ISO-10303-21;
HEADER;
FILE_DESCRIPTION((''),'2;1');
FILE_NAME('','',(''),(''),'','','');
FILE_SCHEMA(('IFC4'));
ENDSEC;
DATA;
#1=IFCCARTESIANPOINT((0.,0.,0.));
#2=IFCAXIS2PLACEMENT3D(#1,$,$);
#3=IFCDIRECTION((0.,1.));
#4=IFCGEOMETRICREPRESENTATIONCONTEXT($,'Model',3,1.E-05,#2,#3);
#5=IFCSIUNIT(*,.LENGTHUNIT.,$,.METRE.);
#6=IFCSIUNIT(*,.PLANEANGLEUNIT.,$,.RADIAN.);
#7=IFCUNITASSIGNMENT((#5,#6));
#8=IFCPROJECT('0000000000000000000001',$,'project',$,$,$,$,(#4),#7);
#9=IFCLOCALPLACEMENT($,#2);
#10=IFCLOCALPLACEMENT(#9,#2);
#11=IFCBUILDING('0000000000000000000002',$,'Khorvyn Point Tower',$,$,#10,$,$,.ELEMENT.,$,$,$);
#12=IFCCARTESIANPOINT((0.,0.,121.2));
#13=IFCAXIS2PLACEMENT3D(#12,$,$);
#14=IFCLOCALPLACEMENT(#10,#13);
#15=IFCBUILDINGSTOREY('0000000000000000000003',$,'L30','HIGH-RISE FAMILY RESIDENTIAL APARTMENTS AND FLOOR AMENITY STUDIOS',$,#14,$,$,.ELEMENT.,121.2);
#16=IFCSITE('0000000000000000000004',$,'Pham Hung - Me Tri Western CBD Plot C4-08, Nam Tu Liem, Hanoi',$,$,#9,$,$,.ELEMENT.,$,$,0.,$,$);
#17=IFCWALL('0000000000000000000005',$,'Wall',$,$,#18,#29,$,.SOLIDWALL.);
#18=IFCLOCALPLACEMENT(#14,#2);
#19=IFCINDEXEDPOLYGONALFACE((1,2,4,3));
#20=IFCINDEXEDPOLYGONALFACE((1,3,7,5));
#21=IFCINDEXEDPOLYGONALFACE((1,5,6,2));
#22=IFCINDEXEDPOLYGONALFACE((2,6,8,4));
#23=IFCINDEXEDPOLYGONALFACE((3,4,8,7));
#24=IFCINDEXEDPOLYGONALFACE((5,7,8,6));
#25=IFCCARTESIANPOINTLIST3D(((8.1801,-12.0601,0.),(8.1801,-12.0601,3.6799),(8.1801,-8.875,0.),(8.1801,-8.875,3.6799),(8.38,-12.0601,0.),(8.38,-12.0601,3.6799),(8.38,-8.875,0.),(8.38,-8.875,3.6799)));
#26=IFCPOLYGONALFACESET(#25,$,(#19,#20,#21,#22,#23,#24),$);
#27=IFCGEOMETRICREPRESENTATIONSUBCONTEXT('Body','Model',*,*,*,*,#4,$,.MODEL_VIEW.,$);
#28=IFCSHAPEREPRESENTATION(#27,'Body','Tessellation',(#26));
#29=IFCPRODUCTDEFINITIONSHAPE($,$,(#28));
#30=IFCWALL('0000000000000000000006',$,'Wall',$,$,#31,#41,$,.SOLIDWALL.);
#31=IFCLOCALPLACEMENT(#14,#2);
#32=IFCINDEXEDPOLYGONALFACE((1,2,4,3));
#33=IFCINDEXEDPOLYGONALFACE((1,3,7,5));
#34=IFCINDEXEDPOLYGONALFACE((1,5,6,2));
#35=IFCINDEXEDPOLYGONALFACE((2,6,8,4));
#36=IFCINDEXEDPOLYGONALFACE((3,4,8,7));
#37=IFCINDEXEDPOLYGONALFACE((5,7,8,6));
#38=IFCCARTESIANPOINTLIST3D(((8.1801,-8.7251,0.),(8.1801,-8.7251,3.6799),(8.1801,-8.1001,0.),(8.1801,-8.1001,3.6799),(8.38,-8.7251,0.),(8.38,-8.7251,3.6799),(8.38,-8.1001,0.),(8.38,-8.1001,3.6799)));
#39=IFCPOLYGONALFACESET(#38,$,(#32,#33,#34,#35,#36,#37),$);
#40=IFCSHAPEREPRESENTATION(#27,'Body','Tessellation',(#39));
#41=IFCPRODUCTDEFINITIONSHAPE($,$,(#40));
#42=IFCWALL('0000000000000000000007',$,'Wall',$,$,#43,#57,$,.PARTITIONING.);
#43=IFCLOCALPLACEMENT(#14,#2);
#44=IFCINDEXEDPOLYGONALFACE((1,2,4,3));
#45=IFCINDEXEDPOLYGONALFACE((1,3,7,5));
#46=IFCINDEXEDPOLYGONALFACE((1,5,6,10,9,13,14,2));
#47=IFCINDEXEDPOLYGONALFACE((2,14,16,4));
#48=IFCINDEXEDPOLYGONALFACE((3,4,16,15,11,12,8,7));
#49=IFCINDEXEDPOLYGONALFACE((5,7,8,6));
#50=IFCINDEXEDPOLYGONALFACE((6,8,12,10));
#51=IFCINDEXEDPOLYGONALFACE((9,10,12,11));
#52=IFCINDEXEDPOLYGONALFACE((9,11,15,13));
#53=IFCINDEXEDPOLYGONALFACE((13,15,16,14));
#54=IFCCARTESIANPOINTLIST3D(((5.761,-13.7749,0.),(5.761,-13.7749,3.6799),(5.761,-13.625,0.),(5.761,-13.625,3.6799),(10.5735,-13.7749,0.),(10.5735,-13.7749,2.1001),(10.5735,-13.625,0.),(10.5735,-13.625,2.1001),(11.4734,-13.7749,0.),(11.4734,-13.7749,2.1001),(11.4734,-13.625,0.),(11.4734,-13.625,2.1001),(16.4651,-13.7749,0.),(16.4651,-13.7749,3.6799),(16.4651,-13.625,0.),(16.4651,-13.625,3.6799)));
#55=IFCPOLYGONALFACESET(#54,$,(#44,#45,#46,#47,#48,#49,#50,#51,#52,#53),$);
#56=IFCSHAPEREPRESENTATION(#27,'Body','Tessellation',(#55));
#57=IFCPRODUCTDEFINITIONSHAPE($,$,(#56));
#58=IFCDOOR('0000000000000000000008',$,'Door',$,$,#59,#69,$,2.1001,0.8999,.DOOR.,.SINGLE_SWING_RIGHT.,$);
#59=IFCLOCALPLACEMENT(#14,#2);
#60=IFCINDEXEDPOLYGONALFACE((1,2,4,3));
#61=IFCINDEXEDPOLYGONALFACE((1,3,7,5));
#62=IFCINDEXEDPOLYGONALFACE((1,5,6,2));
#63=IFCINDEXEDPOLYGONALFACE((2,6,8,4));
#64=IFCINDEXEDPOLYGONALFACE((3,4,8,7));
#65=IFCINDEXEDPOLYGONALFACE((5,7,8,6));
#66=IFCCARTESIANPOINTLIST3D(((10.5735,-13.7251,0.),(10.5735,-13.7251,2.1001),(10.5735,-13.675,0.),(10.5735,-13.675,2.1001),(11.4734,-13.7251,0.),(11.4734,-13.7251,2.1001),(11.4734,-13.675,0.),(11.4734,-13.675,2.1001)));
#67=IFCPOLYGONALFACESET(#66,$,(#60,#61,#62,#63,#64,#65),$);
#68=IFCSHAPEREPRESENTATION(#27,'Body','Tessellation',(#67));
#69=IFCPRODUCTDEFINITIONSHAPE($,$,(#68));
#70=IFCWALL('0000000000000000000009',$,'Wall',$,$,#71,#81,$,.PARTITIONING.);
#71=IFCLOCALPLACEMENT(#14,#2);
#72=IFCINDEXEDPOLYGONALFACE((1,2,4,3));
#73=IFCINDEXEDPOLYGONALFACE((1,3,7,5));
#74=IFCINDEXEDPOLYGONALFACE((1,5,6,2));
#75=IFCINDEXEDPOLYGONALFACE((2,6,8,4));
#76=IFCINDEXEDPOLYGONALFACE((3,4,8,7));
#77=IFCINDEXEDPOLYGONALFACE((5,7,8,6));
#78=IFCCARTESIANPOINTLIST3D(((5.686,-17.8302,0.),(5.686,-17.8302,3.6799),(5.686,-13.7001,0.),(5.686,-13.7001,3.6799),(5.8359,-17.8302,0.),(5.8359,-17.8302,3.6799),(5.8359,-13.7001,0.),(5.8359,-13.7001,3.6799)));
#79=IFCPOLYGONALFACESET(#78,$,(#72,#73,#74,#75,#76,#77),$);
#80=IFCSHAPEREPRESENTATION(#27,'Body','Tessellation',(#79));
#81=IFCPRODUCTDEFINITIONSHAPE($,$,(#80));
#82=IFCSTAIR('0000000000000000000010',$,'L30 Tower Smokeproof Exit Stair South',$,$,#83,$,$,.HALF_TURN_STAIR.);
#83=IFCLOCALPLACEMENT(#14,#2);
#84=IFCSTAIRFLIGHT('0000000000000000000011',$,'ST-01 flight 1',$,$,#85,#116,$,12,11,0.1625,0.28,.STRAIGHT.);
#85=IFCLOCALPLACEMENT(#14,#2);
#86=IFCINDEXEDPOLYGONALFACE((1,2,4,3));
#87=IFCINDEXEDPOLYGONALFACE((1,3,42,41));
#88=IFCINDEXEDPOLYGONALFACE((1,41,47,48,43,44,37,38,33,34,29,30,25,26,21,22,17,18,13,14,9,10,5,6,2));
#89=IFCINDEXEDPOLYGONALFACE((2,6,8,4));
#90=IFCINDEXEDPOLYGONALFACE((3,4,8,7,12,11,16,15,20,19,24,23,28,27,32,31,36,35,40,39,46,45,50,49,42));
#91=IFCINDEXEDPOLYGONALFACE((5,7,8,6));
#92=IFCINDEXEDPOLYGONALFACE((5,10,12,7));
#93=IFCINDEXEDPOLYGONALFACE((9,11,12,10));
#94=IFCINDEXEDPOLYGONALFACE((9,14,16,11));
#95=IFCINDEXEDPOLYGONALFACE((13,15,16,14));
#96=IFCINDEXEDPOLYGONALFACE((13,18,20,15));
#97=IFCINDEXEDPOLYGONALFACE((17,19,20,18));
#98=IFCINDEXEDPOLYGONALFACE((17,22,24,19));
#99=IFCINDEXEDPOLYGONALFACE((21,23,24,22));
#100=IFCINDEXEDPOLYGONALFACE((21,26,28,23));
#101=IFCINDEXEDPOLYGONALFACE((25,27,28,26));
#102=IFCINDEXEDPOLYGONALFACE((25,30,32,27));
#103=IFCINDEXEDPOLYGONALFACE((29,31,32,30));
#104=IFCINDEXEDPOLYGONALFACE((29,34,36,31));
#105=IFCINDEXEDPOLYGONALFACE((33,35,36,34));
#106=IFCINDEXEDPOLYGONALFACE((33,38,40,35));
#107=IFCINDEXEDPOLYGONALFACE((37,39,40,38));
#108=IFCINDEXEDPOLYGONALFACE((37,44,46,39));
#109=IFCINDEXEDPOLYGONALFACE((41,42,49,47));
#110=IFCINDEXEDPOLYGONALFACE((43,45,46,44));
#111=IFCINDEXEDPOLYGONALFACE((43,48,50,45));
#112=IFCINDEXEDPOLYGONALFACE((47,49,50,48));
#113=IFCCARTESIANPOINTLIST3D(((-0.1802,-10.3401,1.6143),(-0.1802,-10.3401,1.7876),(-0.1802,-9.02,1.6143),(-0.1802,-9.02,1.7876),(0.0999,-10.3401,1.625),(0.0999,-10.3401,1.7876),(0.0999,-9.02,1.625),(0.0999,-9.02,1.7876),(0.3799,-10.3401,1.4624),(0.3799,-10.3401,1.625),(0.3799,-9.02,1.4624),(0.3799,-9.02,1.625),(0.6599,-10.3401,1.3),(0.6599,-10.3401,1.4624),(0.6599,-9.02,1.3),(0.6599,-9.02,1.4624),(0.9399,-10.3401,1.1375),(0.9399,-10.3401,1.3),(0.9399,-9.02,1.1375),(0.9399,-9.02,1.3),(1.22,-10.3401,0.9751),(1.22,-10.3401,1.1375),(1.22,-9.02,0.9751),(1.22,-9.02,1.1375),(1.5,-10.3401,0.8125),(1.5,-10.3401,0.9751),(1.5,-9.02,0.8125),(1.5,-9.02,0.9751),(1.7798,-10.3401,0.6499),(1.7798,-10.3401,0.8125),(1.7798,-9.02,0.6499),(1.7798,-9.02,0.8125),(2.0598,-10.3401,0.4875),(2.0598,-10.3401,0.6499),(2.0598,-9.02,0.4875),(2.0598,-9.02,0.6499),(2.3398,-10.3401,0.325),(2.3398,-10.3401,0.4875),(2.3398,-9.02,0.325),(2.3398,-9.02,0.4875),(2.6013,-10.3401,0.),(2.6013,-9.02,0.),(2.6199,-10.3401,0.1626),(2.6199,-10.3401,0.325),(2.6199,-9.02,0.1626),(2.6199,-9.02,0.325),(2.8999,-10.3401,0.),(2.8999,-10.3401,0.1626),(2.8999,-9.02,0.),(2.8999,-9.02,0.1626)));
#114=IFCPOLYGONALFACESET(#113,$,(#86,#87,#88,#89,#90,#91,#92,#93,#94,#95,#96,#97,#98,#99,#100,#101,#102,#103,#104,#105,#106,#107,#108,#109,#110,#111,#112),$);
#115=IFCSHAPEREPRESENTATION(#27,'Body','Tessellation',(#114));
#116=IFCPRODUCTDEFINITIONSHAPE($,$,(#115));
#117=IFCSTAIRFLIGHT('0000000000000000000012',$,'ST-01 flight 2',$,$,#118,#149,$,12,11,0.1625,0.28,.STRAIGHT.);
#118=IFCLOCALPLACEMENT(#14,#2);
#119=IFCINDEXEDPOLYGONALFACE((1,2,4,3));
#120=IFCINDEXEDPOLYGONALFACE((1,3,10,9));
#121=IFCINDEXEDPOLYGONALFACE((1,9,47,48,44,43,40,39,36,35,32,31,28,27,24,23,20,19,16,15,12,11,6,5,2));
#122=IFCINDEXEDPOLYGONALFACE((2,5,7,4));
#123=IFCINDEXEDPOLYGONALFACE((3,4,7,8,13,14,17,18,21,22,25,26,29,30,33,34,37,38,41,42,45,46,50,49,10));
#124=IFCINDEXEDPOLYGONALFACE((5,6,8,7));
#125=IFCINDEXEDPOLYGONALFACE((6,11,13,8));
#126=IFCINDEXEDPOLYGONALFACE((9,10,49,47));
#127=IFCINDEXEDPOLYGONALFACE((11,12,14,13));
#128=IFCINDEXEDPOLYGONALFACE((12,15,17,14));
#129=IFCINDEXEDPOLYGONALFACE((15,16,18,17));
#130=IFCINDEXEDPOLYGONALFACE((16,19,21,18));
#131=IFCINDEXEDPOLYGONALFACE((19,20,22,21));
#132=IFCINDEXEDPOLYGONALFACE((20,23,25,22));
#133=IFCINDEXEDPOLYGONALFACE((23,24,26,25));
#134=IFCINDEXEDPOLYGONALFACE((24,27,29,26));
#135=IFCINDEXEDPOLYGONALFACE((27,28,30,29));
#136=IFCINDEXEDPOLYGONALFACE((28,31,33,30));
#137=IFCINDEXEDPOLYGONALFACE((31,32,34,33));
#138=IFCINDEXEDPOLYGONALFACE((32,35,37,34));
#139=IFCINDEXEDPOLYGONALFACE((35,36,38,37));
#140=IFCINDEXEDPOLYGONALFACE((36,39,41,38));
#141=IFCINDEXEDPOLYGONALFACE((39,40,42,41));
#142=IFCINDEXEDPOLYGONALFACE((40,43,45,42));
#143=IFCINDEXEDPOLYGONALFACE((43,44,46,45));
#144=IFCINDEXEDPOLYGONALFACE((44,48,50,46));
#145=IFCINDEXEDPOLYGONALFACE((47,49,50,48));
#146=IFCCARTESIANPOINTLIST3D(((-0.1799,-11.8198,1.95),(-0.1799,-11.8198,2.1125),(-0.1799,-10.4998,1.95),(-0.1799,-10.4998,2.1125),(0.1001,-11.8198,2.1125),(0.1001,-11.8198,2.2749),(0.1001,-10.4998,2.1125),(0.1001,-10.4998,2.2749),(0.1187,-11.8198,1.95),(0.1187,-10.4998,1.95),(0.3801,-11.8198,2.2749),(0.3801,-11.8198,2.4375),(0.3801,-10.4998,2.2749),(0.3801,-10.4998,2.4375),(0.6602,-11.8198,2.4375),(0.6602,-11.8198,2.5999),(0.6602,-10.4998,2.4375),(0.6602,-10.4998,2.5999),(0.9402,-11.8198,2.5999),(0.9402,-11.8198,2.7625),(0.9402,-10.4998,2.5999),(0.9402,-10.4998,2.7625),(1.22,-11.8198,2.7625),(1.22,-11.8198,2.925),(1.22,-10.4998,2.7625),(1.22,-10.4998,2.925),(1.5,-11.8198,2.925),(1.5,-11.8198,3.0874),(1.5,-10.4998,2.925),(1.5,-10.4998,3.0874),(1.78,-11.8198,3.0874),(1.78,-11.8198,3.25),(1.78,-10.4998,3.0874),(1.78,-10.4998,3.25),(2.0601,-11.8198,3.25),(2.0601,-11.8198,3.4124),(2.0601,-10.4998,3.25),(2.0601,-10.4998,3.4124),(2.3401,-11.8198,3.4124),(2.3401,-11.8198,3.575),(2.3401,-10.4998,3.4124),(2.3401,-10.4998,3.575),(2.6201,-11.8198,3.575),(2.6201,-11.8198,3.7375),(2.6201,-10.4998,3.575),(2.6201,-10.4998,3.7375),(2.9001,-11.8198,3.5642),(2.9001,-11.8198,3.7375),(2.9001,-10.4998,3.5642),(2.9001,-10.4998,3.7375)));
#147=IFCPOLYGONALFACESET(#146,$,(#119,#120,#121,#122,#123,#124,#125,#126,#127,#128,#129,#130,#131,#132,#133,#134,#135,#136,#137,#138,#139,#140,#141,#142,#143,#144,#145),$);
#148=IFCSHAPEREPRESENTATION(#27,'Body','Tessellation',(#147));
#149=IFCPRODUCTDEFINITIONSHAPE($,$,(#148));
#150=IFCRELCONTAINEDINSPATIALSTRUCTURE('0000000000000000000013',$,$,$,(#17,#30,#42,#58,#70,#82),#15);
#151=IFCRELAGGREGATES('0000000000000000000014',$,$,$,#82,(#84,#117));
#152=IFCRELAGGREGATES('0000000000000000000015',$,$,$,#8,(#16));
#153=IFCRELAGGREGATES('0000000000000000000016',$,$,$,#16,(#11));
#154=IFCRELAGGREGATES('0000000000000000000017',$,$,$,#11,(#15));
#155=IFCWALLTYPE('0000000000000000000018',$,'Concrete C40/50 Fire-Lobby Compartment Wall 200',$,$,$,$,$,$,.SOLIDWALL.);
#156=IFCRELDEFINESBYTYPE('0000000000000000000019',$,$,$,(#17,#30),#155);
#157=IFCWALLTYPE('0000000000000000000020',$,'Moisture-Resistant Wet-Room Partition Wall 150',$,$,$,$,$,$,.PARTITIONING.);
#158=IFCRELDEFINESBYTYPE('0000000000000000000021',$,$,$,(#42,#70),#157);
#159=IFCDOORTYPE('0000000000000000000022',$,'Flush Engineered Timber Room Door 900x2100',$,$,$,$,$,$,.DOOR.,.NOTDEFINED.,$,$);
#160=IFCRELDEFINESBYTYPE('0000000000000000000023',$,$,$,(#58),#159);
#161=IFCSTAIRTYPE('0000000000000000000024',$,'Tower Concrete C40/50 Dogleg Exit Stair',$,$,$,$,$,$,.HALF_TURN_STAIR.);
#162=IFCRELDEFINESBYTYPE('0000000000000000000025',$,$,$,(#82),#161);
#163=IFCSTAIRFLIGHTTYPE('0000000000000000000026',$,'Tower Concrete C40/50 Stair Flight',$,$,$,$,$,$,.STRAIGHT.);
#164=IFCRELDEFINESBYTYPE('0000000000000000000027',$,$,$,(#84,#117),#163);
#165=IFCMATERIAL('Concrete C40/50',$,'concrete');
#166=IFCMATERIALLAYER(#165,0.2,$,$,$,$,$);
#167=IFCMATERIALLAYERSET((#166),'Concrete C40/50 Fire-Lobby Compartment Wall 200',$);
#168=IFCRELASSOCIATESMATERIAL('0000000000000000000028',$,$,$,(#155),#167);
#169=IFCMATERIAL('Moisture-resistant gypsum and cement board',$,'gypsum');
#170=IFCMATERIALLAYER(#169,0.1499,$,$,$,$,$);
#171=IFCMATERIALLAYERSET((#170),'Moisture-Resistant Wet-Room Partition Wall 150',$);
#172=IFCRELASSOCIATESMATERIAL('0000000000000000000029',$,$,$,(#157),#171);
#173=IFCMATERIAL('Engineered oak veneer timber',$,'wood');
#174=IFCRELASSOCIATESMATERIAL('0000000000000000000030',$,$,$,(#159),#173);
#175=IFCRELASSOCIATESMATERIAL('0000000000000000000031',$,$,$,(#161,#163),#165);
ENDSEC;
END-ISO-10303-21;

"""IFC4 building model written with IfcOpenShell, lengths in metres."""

from ifc_helpers import new_model, si_unit, direction, frame, frame_2d, origin, place, context, subcontext, project, spatial, polyline, rectangle, outline, extrude, material, layer, layer_set, type_object, element, fill, aggregate, save


model = new_model("IFC4")

# Units and contexts
model_context = context("Model", 3, precision=1e-05, world=origin(), true_north=direction((0.0, 1.0)))
body_context = subcontext(model_context, "Body", "Model", "MODEL_VIEW")
ifc_project = project(units=[si_unit("LENGTHUNIT", "METRE"), si_unit("PLANEANGLEUNIT", "RADIAN")], contexts=[model_context])

# Site, building, storey
site_placement = place(None, origin())
site = spatial("IfcSite", under=ifc_project, at=site_placement, Name="Pham Hung - Me Tri Western CBD Plot C4-08, Nam Tu Liem, Hanoi", CompositionType="ELEMENT", RefElevation=0.0)
building_placement = place(site_placement, origin())
building = spatial("IfcBuilding", under=site, at=building_placement, Name="Khorvyn Point Tower", CompositionType="ELEMENT")
storey_placement = place(building_placement, frame((0.0, 0.0, 121.2)))
storey = spatial("IfcBuildingStorey", under=building, at=storey_placement, Name="L30", Description="HIGH-RISE FAMILY RESIDENTIAL APARTMENTS AND FLOOR AMENITY STUDIOS", CompositionType="ELEMENT", Elevation=121.2)

# Shared definitions
ifc_material_1 = material(Name="Concrete C40/50", Category="concrete")
ifc_layer_1 = layer(ifc_material_1, 0.2)
ifc_layer_set_1 = layer_set([ifc_layer_1], Name="Concrete C40/50 Fire-Lobby Compartment Wall 200")
wall_type_1 = type_object("IfcWallType", Name="Concrete C40/50 Fire-Lobby Compartment Wall 200", PredefinedType="SOLIDWALL", material=ifc_layer_set_1)

# Walls
wall_1_placement = place(storey_placement, frame((8.28, -12.0601, 0.0), z_axis=(0.0, 0.0, 1.0), x_axis=(0.0, 1.0, 0.0)))
element("IfcWall", 1, at=wall_1_placement, inside=storey, type_object=wall_type_1, Name="Wall", PredefinedType="SOLIDWALL", context=body_context, shape_type="SweptSolid", body=[
    extrude(rectangle(XDim=3.1851, YDim=0.2, at=frame_2d((1.5925, 0.0))), origin(), (0.0, 0.0, 1.0), 3.6799),
])
wall_2_placement = place(storey_placement, frame((8.28, -8.7251, 0.0), z_axis=(0.0, 0.0, 1.0), x_axis=(0.0, 1.0, 0.0)))
element("IfcWall", 2, at=wall_2_placement, inside=storey, type_object=wall_type_1, Name="Wall", PredefinedType="SOLIDWALL", context=body_context, shape_type="SweptSolid", body=[
    extrude(rectangle(XDim=0.625, YDim=0.2, at=frame_2d((0.3125, 0.0))), origin(), (0.0, 0.0, 1.0), 3.6799),
])

# Wall, opening, door
ifc_material_2 = material(Name="Moisture-resistant gypsum and cement board", Category="gypsum")
ifc_layer_2 = layer(ifc_material_2, 0.1499)
ifc_layer_set_2 = layer_set([ifc_layer_2], Name="Moisture-Resistant Wet-Room Partition Wall 150")
wall_type_2 = type_object("IfcWallType", Name="Moisture-Resistant Wet-Room Partition Wall 150", PredefinedType="PARTITIONING", material=ifc_layer_set_2)
wall_3_placement = place(storey_placement, frame((5.761, -13.7, 0.0), z_axis=(0.0, 0.0, 1.0), x_axis=(1.0, 0.0, 0.0)))
wall_3 = element("IfcWall", 3, at=wall_3_placement, inside=storey, type_object=wall_type_2, Name="Wall", PredefinedType="PARTITIONING", context=body_context, shape_type="SweptSolid", body=[
    extrude(rectangle(XDim=10.7041, YDim=0.1499, at=frame_2d((5.3521, 0.0))), origin(), (0.0, 0.0, 1.0), 3.6799),
])
opening_1_placement = place(wall_3_placement, frame((4.8125, 0.0, 0.0)))
opening_1 = element("IfcOpeningElement", 4, at=opening_1_placement, cuts=wall_3, PredefinedType="OPENING", context=body_context, shape_type="SweptSolid", body=[
    extrude(rectangle(XDim=0.8999, YDim=2.1001, at=frame_2d((0.45, 1.05))), frame((0.0, 0.085, 0.0), z_axis=(0.0, -1.0, 0.0), x_axis=(1.0, 0.0, 0.0)), (0.0, 0.0, 1.0), 0.1699),
])
ifc_material_3 = material(Name="Engineered oak veneer timber", Category="wood")
door_type_1 = type_object("IfcDoorType", Name="Flush Engineered Timber Room Door 900x2100", OperationType="NOTDEFINED", PredefinedType="DOOR", material=ifc_material_3)
door_1_placement = place(opening_1_placement, origin())
door_1 = element("IfcDoor", 5, at=door_1_placement, inside=storey, type_object=door_type_1, Name="Door", OperationType="SINGLE_SWING_RIGHT", OverallHeight=2.1001, OverallWidth=0.8999, PredefinedType="DOOR", context=body_context, shape_type="SweptSolid", body=[
    extrude(rectangle(XDim=0.8999, YDim=2.1001, at=frame_2d((0.45, 1.05))), frame((0.0, 0.0249, 0.0), z_axis=(0.0, -1.0, 0.0), x_axis=(1.0, 0.0, 0.0)), (0.0, 0.0, 1.0), 0.05),
])
fill(opening_1, door_1)

# Wall
wall_4_placement = place(storey_placement, frame((5.761, -17.8301, 0.0), z_axis=(0.0, 0.0, 1.0), x_axis=(0.0, 1.0, 0.0)))
element("IfcWall", 6, at=wall_4_placement, inside=storey, type_object=wall_type_2, Name="Wall", PredefinedType="PARTITIONING", context=body_context, shape_type="SweptSolid", body=[
    extrude(rectangle(XDim=4.1301, YDim=0.1499, at=frame_2d((2.0649, 0.0))), origin(), (0.0, 0.0, 1.0), 3.6799),
])

# Stair, stair flights
stair_type = type_object("IfcStairType", Name="Tower Concrete C40/50 Dogleg Exit Stair", PredefinedType="HALF_TURN_STAIR", material=ifc_material_1)
stair_placement = place(storey_placement, origin())
stair = element("IfcStair", 7, at=stair_placement, inside=storey, type_object=stair_type, Name="L30 Tower Smokeproof Exit Stair South", PredefinedType="HALF_TURN_STAIR")
stair_flight_type = type_object("IfcStairFlightType", Name="Tower Concrete C40/50 Stair Flight", PredefinedType="STRAIGHT", material=ifc_material_1)
stair_flight_1_placement = place(storey_placement, frame((2.8999, -9.6799, 0.0), z_axis=(0.0, 0.0, 1.0), x_axis=(-1.0, 0.0, 0.0)))
stair_flight_1 = element("IfcStairFlight", 8, at=stair_flight_1_placement, type_object=stair_flight_type, Name="ST-01 flight 1", NumberOfRisers=12, NumberOfTreads=11, PredefinedType="STRAIGHT", RiserHeight=0.1625, TreadLength=0.28, context=body_context, shape_type="SweptSolid", body=[
    extrude(outline(polyline([(0.0, 0.0), (0.0, 0.1626), (0.28, 0.1626), (0.28, 0.325), (0.5601, 0.325), (0.5601, 0.4875), (0.8401, 0.4875), (0.8401, 0.6499), (1.1201, 0.6499), (1.1201, 0.8125), (1.3999, 0.8125), (1.3999, 0.9751), (1.6799, 0.9751), (1.6799, 1.1375), (1.96, 1.1375), (1.96, 1.3), (2.24, 1.3), (2.24, 1.4624), (2.52, 1.4624), (2.52, 1.625), (2.8, 1.625), (2.8, 1.7876), (3.0801, 1.7876), (3.0801, 1.95), (3.0801, 1.6143), (0.2986, 0.0), (0.0, 0.0)])), frame((0.0, 0.6602, 0.0), z_axis=(0.0, -1.0, 0.0), x_axis=(1.0, 0.0, 0.0)), (0.0, 0.0, 1.0), 1.3201),
])
stair_flight_2_placement = place(storey_placement, frame((-0.1799, -11.1599, 1.95), z_axis=(0.0, 0.0, 1.0), x_axis=(1.0, 0.0, 0.0)))
stair_flight_2 = element("IfcStairFlight", 9, at=stair_flight_2_placement, type_object=stair_flight_type, Name="ST-01 flight 2", NumberOfRisers=12, NumberOfTreads=11, PredefinedType="STRAIGHT", RiserHeight=0.1625, TreadLength=0.28, context=body_context, shape_type="SweptSolid", body=[
    extrude(outline(polyline([(0.0, 0.0), (0.0, 0.1626), (0.28, 0.1626), (0.28, 0.325), (0.5601, 0.325), (0.5601, 0.4875), (0.8401, 0.4875), (0.8401, 0.6499), (1.1201, 0.6499), (1.1201, 0.8125), (1.3999, 0.8125), (1.3999, 0.9751), (1.6799, 0.9751), (1.6799, 1.1375), (1.96, 1.1375), (1.96, 1.3), (2.24, 1.3), (2.24, 1.4624), (2.52, 1.4624), (2.52, 1.625), (2.8, 1.625), (2.8, 1.7876), (3.0801, 1.7876), (3.0801, 1.95), (3.0801, 1.6143), (0.2986, 0.0), (0.0, 0.0)])), frame((0.0, 0.6602, 0.0), z_axis=(0.0, -1.0, 0.0), x_axis=(1.0, 0.0, 0.0)), (0.0, 0.0, 1.0), 1.3201),
])
aggregate(stair, [stair_flight_1, stair_flight_2])

save(model, "model.ifc")
